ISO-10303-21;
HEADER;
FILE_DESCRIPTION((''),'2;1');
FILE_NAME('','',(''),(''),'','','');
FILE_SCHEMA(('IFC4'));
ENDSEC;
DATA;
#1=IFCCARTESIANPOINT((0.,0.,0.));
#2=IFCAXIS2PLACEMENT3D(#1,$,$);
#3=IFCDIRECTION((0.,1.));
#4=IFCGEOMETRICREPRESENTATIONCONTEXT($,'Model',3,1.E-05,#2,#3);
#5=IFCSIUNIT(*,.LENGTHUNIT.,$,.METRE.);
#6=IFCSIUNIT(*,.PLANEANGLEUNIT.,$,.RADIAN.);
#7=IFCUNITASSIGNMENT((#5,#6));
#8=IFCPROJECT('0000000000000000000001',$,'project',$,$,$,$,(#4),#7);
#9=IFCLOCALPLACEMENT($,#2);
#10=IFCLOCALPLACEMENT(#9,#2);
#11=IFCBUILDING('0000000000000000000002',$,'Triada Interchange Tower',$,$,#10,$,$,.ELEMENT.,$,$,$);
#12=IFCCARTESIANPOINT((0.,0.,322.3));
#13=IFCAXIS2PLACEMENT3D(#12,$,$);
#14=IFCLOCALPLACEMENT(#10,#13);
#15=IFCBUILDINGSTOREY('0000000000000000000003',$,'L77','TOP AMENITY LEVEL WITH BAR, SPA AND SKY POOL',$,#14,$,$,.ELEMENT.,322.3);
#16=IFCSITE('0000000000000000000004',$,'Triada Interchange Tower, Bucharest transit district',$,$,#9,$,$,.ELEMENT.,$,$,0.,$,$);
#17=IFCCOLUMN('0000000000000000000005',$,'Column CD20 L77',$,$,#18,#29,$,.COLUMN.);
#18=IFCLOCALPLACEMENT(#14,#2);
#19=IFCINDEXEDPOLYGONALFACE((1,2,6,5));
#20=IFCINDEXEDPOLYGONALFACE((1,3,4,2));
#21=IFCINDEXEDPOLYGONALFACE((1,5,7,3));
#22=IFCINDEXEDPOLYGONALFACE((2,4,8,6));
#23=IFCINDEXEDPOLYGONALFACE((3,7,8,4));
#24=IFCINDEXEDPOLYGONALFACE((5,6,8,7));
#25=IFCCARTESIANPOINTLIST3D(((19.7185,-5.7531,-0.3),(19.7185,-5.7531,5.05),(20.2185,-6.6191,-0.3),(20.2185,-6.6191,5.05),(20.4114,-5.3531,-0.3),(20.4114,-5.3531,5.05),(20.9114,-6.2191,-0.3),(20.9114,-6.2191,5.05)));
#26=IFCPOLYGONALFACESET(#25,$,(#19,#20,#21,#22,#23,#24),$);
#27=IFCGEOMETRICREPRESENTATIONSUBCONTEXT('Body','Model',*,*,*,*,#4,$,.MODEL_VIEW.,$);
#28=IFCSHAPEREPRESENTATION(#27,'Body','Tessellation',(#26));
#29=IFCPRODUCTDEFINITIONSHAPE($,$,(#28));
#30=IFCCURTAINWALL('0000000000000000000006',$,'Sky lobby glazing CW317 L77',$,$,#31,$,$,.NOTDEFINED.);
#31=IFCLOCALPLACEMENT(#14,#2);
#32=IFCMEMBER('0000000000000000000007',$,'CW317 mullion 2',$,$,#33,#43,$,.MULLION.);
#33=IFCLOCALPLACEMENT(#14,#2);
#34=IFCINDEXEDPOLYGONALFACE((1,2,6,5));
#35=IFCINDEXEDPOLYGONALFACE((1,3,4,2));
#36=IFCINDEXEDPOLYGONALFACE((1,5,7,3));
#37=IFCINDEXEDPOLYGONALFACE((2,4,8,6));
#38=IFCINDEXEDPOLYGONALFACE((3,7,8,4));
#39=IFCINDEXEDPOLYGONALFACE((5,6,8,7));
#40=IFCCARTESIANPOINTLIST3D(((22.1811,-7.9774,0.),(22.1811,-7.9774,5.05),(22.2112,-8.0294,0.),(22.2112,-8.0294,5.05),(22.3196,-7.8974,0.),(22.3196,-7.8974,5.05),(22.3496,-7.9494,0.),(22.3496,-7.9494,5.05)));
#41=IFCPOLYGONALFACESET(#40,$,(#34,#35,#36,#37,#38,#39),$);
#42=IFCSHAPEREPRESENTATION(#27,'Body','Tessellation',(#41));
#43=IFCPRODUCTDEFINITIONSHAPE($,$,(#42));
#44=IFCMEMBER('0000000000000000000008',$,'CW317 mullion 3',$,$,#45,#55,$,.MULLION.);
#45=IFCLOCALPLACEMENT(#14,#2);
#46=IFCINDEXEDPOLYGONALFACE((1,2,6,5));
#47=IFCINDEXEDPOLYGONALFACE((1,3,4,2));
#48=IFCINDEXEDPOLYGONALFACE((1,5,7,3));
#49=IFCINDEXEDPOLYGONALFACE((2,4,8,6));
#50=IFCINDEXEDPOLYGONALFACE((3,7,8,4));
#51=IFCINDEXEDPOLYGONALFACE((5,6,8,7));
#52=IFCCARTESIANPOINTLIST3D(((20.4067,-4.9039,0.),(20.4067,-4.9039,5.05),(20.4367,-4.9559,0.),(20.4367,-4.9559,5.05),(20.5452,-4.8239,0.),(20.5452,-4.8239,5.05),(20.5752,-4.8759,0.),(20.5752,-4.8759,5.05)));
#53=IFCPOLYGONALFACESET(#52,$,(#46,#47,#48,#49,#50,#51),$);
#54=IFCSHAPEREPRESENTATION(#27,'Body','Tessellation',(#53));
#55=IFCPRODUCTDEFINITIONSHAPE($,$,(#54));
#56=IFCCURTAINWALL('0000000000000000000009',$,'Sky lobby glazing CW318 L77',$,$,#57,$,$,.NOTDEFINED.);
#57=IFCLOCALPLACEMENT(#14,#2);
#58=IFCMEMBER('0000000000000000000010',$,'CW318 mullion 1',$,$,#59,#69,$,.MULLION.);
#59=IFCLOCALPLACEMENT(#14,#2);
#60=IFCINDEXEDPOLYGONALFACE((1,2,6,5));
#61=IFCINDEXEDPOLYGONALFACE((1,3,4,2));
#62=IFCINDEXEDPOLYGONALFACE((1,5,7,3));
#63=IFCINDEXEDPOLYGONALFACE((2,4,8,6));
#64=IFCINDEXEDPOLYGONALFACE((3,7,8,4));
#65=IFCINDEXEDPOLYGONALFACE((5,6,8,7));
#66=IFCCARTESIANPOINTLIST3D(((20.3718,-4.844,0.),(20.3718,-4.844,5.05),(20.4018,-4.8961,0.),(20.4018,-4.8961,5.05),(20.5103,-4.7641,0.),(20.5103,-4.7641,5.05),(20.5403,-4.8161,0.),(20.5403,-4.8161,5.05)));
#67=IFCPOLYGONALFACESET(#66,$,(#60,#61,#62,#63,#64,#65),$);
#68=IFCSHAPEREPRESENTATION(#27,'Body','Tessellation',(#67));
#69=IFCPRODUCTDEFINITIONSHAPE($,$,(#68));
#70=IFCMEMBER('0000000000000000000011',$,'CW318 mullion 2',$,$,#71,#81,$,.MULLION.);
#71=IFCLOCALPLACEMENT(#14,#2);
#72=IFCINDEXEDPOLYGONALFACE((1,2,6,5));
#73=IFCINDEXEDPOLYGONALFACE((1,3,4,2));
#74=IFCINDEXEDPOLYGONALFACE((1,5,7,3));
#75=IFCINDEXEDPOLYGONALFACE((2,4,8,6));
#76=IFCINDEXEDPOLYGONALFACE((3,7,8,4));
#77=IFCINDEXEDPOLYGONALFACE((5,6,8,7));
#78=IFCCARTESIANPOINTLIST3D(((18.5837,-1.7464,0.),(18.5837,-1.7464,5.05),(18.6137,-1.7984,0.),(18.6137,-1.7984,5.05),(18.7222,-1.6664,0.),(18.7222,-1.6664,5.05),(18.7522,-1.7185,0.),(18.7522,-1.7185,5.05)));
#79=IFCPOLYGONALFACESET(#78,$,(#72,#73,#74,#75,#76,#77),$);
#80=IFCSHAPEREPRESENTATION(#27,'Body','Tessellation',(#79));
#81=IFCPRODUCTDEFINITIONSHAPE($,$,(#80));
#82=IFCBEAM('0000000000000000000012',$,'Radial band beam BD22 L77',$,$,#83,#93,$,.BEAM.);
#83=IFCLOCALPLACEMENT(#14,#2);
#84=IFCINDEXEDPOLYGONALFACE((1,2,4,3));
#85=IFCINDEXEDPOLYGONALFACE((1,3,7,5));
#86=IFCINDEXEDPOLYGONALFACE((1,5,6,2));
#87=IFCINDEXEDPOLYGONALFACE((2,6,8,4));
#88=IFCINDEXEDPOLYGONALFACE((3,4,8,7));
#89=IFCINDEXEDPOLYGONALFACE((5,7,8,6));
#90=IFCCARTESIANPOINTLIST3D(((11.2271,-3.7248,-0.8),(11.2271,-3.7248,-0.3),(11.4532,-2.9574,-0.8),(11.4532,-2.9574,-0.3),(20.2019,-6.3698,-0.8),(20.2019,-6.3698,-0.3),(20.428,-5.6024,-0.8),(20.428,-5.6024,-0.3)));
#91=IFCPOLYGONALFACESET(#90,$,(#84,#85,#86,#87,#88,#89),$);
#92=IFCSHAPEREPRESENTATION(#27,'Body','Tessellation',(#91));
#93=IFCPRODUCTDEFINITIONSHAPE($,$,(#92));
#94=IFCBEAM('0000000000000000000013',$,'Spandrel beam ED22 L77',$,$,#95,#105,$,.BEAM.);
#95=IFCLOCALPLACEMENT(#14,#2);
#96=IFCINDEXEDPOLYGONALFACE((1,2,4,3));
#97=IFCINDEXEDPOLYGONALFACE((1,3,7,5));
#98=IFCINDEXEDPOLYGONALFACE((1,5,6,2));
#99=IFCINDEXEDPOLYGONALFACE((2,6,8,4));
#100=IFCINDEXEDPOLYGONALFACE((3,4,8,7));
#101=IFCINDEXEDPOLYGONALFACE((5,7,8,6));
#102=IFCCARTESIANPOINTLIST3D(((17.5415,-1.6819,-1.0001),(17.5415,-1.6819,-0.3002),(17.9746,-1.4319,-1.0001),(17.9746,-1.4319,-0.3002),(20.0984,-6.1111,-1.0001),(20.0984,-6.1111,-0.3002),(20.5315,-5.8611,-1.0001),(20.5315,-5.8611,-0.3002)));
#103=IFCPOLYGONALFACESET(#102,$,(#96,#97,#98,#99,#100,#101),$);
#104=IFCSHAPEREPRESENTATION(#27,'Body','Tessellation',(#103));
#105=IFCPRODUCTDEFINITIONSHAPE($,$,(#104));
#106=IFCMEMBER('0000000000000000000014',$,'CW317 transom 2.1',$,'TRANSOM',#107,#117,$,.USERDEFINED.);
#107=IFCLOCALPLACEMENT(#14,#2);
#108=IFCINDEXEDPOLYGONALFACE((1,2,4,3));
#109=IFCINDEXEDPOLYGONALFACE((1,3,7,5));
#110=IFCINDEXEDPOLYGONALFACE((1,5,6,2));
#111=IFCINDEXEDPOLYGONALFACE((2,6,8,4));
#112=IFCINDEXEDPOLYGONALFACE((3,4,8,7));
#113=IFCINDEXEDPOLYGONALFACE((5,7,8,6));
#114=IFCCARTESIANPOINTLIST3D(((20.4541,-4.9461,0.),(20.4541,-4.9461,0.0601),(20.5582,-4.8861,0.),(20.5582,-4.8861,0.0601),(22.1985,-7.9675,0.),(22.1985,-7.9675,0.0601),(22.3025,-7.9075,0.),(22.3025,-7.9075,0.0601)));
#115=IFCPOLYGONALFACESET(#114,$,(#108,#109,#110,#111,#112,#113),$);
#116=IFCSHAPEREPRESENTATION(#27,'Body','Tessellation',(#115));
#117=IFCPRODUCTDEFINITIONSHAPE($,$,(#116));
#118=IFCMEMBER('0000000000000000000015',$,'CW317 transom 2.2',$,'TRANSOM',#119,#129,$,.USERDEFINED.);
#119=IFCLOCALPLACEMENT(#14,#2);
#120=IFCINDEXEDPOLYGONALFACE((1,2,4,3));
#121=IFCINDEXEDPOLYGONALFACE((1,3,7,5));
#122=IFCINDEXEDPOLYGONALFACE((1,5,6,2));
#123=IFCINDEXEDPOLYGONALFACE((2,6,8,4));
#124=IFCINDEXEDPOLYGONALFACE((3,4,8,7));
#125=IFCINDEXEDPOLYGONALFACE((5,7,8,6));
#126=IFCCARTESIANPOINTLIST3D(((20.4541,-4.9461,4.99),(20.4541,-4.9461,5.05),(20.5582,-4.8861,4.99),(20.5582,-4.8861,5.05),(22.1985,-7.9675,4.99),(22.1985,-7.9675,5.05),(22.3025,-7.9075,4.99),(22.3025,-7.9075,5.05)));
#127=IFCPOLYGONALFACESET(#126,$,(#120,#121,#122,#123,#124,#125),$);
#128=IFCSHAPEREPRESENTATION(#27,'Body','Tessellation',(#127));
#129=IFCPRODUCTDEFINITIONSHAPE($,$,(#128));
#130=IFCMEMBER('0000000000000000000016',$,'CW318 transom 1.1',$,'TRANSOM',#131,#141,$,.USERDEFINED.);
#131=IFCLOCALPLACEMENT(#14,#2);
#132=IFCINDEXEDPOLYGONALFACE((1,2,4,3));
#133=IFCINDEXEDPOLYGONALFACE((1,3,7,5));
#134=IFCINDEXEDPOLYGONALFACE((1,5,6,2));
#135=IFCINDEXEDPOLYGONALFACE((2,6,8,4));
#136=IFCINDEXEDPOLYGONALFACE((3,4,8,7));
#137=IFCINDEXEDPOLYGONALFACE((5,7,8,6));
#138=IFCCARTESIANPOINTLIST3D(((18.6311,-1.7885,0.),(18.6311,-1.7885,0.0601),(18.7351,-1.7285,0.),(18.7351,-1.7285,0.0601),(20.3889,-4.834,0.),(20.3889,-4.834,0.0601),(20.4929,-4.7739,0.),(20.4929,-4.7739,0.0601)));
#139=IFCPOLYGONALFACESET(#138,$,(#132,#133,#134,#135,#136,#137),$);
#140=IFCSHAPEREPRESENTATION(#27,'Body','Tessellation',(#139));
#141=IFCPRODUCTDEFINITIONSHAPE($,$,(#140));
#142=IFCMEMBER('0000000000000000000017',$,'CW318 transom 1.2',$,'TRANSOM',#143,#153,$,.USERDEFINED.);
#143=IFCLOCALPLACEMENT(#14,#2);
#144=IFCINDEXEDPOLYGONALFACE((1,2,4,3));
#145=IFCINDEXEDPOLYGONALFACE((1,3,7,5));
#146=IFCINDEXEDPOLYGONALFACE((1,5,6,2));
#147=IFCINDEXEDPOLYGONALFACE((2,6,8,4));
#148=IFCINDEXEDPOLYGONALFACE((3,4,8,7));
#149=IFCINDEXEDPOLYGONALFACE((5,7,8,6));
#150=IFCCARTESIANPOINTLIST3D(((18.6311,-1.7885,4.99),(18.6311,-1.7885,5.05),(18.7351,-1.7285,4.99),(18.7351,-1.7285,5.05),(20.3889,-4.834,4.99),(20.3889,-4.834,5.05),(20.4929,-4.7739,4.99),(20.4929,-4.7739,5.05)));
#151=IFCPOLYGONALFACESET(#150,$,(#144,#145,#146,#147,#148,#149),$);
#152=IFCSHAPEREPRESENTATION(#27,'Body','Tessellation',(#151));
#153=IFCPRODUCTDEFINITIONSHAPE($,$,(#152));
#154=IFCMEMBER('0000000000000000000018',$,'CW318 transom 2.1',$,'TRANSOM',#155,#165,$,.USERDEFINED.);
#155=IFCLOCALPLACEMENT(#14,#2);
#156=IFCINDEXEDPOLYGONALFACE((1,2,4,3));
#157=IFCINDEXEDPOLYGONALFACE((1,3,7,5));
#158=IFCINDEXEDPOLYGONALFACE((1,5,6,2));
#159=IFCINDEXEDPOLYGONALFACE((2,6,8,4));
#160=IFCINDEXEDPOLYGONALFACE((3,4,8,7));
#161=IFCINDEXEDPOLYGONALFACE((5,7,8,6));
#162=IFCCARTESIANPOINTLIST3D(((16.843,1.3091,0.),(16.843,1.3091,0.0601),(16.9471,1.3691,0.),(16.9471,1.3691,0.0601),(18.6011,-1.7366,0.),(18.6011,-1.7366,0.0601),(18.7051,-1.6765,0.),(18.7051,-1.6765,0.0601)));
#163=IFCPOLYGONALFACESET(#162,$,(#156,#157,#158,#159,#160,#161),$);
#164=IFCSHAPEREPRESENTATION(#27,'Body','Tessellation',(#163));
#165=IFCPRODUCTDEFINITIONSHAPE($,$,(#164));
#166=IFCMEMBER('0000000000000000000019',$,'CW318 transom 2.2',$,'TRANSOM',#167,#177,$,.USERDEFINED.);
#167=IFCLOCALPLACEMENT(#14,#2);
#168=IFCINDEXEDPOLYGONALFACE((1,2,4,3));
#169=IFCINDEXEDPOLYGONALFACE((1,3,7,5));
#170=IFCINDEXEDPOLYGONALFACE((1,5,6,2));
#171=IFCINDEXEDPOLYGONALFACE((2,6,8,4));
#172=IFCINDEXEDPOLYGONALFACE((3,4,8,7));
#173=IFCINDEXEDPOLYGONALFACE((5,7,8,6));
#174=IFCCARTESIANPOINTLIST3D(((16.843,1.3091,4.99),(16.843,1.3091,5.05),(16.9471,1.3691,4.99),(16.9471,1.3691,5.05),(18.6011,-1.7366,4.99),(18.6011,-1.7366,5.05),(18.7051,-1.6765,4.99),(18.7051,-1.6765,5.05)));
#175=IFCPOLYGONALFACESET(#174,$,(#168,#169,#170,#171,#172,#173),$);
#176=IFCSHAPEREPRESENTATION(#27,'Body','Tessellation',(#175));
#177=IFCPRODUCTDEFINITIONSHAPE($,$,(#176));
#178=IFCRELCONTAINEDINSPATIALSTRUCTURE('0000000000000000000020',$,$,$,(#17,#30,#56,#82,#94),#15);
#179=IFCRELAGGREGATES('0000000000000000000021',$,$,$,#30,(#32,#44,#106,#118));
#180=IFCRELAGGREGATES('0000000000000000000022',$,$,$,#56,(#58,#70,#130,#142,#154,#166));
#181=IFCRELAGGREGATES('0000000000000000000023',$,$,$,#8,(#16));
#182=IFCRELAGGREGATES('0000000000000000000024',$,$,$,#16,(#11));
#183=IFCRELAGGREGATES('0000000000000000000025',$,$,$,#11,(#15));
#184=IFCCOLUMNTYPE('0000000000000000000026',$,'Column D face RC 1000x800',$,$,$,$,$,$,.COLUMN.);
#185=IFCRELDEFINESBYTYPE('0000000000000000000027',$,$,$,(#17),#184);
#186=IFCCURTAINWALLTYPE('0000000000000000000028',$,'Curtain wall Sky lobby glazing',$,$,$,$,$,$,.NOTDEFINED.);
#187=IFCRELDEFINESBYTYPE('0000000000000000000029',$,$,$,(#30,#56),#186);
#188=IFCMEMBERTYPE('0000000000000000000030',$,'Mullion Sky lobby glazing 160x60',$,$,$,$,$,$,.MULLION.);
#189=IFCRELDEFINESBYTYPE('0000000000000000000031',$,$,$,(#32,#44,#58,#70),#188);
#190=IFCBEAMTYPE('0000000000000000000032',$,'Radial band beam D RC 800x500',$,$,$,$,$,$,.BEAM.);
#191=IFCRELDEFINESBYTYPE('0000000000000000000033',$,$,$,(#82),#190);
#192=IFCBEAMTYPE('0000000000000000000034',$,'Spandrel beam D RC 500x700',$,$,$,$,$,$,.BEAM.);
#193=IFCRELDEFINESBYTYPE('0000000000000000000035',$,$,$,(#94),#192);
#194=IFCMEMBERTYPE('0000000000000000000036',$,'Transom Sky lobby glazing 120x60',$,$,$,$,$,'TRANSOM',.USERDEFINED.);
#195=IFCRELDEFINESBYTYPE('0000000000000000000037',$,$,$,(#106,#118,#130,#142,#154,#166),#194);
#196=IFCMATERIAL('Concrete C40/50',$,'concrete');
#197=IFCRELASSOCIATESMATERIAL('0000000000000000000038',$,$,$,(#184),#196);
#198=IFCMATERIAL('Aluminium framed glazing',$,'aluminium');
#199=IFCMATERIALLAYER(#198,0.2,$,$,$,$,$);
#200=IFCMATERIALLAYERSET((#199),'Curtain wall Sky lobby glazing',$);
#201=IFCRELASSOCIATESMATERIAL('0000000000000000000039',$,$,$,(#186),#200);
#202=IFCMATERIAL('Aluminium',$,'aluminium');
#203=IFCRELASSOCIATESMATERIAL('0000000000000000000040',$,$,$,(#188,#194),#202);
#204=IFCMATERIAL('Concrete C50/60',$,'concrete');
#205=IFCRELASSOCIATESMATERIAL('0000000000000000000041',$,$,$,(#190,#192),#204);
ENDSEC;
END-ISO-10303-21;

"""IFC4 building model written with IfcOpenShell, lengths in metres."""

from ifc_helpers import new_model, si_unit, direction, frame, origin, origin_2d, place, context, subcontext, project, spatial, rectangle, extrude, material, layer, layer_set, material_profile, profile_set, type_object, element, aggregate, save


model = new_model("IFC4")

# Units and contexts
model_context = context("Model", 3, precision=1e-05, world=origin(), true_north=direction((0.0, 1.0)))
body_context = subcontext(model_context, "Body", "Model", "MODEL_VIEW")
ifc_project = project(units=[si_unit("LENGTHUNIT", "METRE"), si_unit("PLANEANGLEUNIT", "RADIAN")], contexts=[model_context])

# Site, building, storey
site_placement = place(None, origin())
site = spatial("IfcSite", under=ifc_project, at=site_placement, Name="Triada Interchange Tower, Bucharest transit district", CompositionType="ELEMENT", RefElevation=0.0)
building_placement = place(site_placement, origin())
building = spatial("IfcBuilding", under=site, at=building_placement, Name="Triada Interchange Tower", CompositionType="ELEMENT")
storey_placement = place(building_placement, frame((0.0, 0.0, 322.3)))
storey = spatial("IfcBuildingStorey", under=building, at=storey_placement, Name="L77", Description="TOP AMENITY LEVEL WITH BAR, SPA AND SKY POOL", CompositionType="ELEMENT", Elevation=322.3)

# Column
ifc_material_1 = material(Name="Concrete C40/50", Category="concrete")
ifc_material_profile_1 = material_profile(ifc_material_1, rectangle(XDim=1.0, YDim=0.8, at=origin_2d()), Name="RC 1000x800")
ifc_profile_set_1 = profile_set([ifc_material_profile_1], Name="Concrete C40/50")
column_type = type_object("IfcColumnType", Name="Column D face RC 1000x800", PredefinedType="COLUMN", material=ifc_profile_set_1)
column_placement = place(storey_placement, frame((20.3149, -5.9861, -0.3), z_axis=(0.0, 0.0, 1.0), x_axis=(-0.5, 0.866025, 0.0)))
element("IfcColumn", 1, at=column_placement, inside=storey, type_object=column_type, Name="Column CD20 L77", PredefinedType="COLUMN", context=body_context, shape_type="SweptSolid", body=[
    extrude(rectangle(XDim=1.0, YDim=0.8, at=origin_2d()), origin(), (0.0, 0.0, 1.0), 5.3501),
])

# Curtain walls, members
ifc_material_2 = material(Name="Aluminium framed glazing", Category="aluminium")
ifc_layer_1 = layer(ifc_material_2, 0.2)
ifc_layer_set_1 = layer_set([ifc_layer_1], Name="Curtain wall Sky lobby glazing")
curtain_wall_type = type_object("IfcCurtainWallType", Name="Curtain wall Sky lobby glazing", PredefinedType="NOTDEFINED", material=ifc_layer_set_1)
curtain_wall_1_placement = place(storey_placement, origin())
curtain_wall_1 = element("IfcCurtainWall", 2, at=curtain_wall_1_placement, inside=storey, type_object=curtain_wall_type, Name="Sky lobby glazing CW317 L77", PredefinedType="NOTDEFINED")
ifc_material_3 = material(Name="Aluminium", Category="aluminium")
ifc_material_profile_2 = material_profile(ifc_material_3, rectangle(XDim=0.1599, YDim=0.0601, at=origin_2d()), Name="Aluminium mullion")
ifc_profile_set_2 = profile_set([ifc_material_profile_2], Name="Aluminium")
member_type_1 = type_object("IfcMemberType", Name="Mullion Sky lobby glazing 160x60", PredefinedType="MULLION", material=ifc_profile_set_2)
member_1_placement = place(storey_placement, frame((22.2654, -7.9634, 0.0), z_axis=(0.0, 0.0, 1.0), x_axis=(-0.866025, -0.500001, 0.0)))
member_1 = element("IfcMember", 3, at=member_1_placement, type_object=member_type_1, Name="CW317 mullion 2", PredefinedType="MULLION", context=body_context, shape_type="SweptSolid", body=[
    extrude(rectangle(XDim=0.1599, YDim=0.0601, at=origin_2d()), origin(), (0.0, 0.0, 1.0), 5.05),
])
member_2_placement = place(storey_placement, frame((20.491, -4.8899, 0.0), z_axis=(0.0, 0.0, 1.0), x_axis=(-0.866025, -0.500001, 0.0)))
member_2 = element("IfcMember", 4, at=member_2_placement, type_object=member_type_1, Name="CW317 mullion 3", PredefinedType="MULLION", context=body_context, shape_type="SweptSolid", body=[
    extrude(rectangle(XDim=0.1599, YDim=0.0601, at=origin_2d()), origin(), (0.0, 0.0, 1.0), 5.05),
])
curtain_wall_2_placement = place(storey_placement, origin())
curtain_wall_2 = element("IfcCurtainWall", 5, at=curtain_wall_2_placement, inside=storey, type_object=curtain_wall_type, Name="Sky lobby glazing CW318 L77", PredefinedType="NOTDEFINED")
member_3_placement = place(storey_placement, frame((20.4561, -4.8301, 0.0), z_axis=(0.0, 0.0, 1.0), x_axis=(-0.866068, -0.499926, 0.0)))
member_3 = element("IfcMember", 6, at=member_3_placement, type_object=member_type_1, Name="CW318 mullion 1", PredefinedType="MULLION", context=body_context, shape_type="SweptSolid", body=[
    extrude(rectangle(XDim=0.1599, YDim=0.0601, at=origin_2d()), origin(), (0.0, 0.0, 1.0), 5.05),
])
member_4_placement = place(storey_placement, frame((18.668, -1.7324, 0.0), z_axis=(0.0, 0.0, 1.0), x_axis=(-0.866068, -0.499926, 0.0)))
member_4 = element("IfcMember", 7, at=member_4_placement, type_object=member_type_1, Name="CW318 mullion 2", PredefinedType="MULLION", context=body_context, shape_type="SweptSolid", body=[
    extrude(rectangle(XDim=0.1599, YDim=0.0601, at=origin_2d()), origin(), (0.0, 0.0, 1.0), 5.05),
])

# Beams
ifc_material_4 = material(Name="Concrete C50/60", Category="concrete")
ifc_material_profile_3 = material_profile(ifc_material_4, rectangle(XDim=0.8, YDim=0.5, at=origin_2d()), Name="RC 800x500")
ifc_profile_set_3 = profile_set([ifc_material_profile_3], Name="Concrete C50/60")
beam_type_1 = type_object("IfcBeamType", Name="Radial band beam D RC 800x500", PredefinedType="BEAM", material=ifc_profile_set_3)
beam_1_placement = place(storey_placement, frame((20.3149, -5.9861, -0.55), z_axis=(-0.95921, 0.282693, 0.0), x_axis=(-0.282693, -0.95921, 0.0)))
element("IfcBeam", 8, at=beam_1_placement, inside=storey, type_object=beam_type_1, Name="Radial band beam BD22 L77", PredefinedType="BEAM", context=body_context, shape_type="SweptSolid", body=[
    extrude(rectangle(XDim=0.8, YDim=0.5, at=origin_2d()), origin(), (0.0, 0.0, 1.0), 9.3564),
])
ifc_material_profile_4 = material_profile(ifc_material_4, rectangle(XDim=0.5, YDim=0.7, at=origin_2d()), Name="RC 500x700")
ifc_profile_set_4 = profile_set([ifc_material_profile_4], Name="Concrete C50/60")
beam_type_2 = type_object("IfcBeamType", Name="Spandrel beam D RC 500x700", PredefinedType="BEAM", material=ifc_profile_set_4)
beam_2_placement = place(storey_placement, frame((20.3149, -5.9861, -0.6501), z_axis=(-0.499954, 0.866052, 0.0), x_axis=(-0.866052, -0.499954, 0.0)))
element("IfcBeam", 9, at=beam_2_placement, inside=storey, type_object=beam_type_2, Name="Spandrel beam ED22 L77", PredefinedType="BEAM", context=body_context, shape_type="SweptSolid", body=[
    extrude(rectangle(XDim=0.5, YDim=0.7, at=origin_2d()), origin(), (0.0, 0.0, 1.0), 5.1143),
])

# Members
ifc_material_profile_5 = material_profile(ifc_material_3, rectangle(XDim=0.1201, YDim=0.0601, at=origin_2d()), Name="Aluminium transom")
ifc_profile_set_5 = profile_set([ifc_material_profile_5], Name="Aluminium")
member_type_2 = type_object("IfcMemberType", Name="Transom Sky lobby glazing 120x60", ElementType="TRANSOM", PredefinedType="USERDEFINED", material=ifc_profile_set_5)
member_5_placement = place(storey_placement, frame((22.2505, -7.9375, 0.03), z_axis=(-0.499985, 0.866034, 0.0), x_axis=(-0.866034, -0.499985, 0.0)))
member_5 = element("IfcMember", 10, at=member_5_placement, type_object=member_type_2, Name="CW317 transom 2.1", ObjectType="TRANSOM", PredefinedType="USERDEFINED", context=body_context, shape_type="SweptSolid", body=[
    extrude(rectangle(XDim=0.1201, YDim=0.0601, at=origin_2d()), origin(), (0.0, 0.0, 1.0), 3.4888),
])
member_6_placement = place(storey_placement, frame((22.2505, -7.9375, 5.02), z_axis=(-0.499985, 0.866034, 0.0), x_axis=(-0.866034, -0.499985, 0.0)))
member_6 = element("IfcMember", 11, at=member_6_placement, type_object=member_type_2, Name="CW317 transom 2.2", ObjectType="TRANSOM", PredefinedType="USERDEFINED", context=body_context, shape_type="SweptSolid", body=[
    extrude(rectangle(XDim=0.1201, YDim=0.0601, at=origin_2d()), origin(), (0.0, 0.0, 1.0), 3.4888),
])
member_7_placement = place(storey_placement, frame((20.4409, -4.804, 0.03), z_axis=(-0.499903, 0.866082, 0.0), x_axis=(-0.866082, -0.499903, 0.0)))
member_7 = element("IfcMember", 12, at=member_7_placement, type_object=member_type_2, Name="CW318 transom 1.1", ObjectType="TRANSOM", PredefinedType="USERDEFINED", context=body_context, shape_type="SweptSolid", body=[
    extrude(rectangle(XDim=0.1201, YDim=0.0601, at=origin_2d()), origin(), (0.0, 0.0, 1.0), 3.5164),
])
member_8_placement = place(storey_placement, frame((20.4409, -4.804, 5.02), z_axis=(-0.499903, 0.866082, 0.0), x_axis=(-0.866082, -0.499903, 0.0)))
member_8 = element("IfcMember", 13, at=member_8_placement, type_object=member_type_2, Name="CW318 transom 1.2", ObjectType="TRANSOM", PredefinedType="USERDEFINED", context=body_context, shape_type="SweptSolid", body=[
    extrude(rectangle(XDim=0.1201, YDim=0.0601, at=origin_2d()), origin(), (0.0, 0.0, 1.0), 3.5164),
])
member_9_placement = place(storey_placement, frame((18.6531, -1.7065, 0.03), z_axis=(-0.499925, 0.866069, 0.0), x_axis=(-0.866069, -0.499925, 0.0)))
member_9 = element("IfcMember", 14, at=member_9_placement, type_object=member_type_2, Name="CW318 transom 2.1", ObjectType="TRANSOM", PredefinedType="USERDEFINED", context=body_context, shape_type="SweptSolid", body=[
    extrude(rectangle(XDim=0.1201, YDim=0.0601, at=origin_2d()), origin(), (0.0, 0.0, 1.0), 3.5166),
])
member_10_placement = place(storey_placement, frame((18.6531, -1.7065, 5.02), z_axis=(-0.499925, 0.866069, 0.0), x_axis=(-0.866069, -0.499925, 0.0)))
member_10 = element("IfcMember", 15, at=member_10_placement, type_object=member_type_2, Name="CW318 transom 2.2", ObjectType="TRANSOM", PredefinedType="USERDEFINED", context=body_context, shape_type="SweptSolid", body=[
    extrude(rectangle(XDim=0.1201, YDim=0.0601, at=origin_2d()), origin(), (0.0, 0.0, 1.0), 3.5166),
])

aggregate(curtain_wall_1, [member_1, member_2, member_5, member_6])
aggregate(curtain_wall_2, [member_3, member_4, member_7, member_8, member_9, member_10])

save(model, "model.ifc")
